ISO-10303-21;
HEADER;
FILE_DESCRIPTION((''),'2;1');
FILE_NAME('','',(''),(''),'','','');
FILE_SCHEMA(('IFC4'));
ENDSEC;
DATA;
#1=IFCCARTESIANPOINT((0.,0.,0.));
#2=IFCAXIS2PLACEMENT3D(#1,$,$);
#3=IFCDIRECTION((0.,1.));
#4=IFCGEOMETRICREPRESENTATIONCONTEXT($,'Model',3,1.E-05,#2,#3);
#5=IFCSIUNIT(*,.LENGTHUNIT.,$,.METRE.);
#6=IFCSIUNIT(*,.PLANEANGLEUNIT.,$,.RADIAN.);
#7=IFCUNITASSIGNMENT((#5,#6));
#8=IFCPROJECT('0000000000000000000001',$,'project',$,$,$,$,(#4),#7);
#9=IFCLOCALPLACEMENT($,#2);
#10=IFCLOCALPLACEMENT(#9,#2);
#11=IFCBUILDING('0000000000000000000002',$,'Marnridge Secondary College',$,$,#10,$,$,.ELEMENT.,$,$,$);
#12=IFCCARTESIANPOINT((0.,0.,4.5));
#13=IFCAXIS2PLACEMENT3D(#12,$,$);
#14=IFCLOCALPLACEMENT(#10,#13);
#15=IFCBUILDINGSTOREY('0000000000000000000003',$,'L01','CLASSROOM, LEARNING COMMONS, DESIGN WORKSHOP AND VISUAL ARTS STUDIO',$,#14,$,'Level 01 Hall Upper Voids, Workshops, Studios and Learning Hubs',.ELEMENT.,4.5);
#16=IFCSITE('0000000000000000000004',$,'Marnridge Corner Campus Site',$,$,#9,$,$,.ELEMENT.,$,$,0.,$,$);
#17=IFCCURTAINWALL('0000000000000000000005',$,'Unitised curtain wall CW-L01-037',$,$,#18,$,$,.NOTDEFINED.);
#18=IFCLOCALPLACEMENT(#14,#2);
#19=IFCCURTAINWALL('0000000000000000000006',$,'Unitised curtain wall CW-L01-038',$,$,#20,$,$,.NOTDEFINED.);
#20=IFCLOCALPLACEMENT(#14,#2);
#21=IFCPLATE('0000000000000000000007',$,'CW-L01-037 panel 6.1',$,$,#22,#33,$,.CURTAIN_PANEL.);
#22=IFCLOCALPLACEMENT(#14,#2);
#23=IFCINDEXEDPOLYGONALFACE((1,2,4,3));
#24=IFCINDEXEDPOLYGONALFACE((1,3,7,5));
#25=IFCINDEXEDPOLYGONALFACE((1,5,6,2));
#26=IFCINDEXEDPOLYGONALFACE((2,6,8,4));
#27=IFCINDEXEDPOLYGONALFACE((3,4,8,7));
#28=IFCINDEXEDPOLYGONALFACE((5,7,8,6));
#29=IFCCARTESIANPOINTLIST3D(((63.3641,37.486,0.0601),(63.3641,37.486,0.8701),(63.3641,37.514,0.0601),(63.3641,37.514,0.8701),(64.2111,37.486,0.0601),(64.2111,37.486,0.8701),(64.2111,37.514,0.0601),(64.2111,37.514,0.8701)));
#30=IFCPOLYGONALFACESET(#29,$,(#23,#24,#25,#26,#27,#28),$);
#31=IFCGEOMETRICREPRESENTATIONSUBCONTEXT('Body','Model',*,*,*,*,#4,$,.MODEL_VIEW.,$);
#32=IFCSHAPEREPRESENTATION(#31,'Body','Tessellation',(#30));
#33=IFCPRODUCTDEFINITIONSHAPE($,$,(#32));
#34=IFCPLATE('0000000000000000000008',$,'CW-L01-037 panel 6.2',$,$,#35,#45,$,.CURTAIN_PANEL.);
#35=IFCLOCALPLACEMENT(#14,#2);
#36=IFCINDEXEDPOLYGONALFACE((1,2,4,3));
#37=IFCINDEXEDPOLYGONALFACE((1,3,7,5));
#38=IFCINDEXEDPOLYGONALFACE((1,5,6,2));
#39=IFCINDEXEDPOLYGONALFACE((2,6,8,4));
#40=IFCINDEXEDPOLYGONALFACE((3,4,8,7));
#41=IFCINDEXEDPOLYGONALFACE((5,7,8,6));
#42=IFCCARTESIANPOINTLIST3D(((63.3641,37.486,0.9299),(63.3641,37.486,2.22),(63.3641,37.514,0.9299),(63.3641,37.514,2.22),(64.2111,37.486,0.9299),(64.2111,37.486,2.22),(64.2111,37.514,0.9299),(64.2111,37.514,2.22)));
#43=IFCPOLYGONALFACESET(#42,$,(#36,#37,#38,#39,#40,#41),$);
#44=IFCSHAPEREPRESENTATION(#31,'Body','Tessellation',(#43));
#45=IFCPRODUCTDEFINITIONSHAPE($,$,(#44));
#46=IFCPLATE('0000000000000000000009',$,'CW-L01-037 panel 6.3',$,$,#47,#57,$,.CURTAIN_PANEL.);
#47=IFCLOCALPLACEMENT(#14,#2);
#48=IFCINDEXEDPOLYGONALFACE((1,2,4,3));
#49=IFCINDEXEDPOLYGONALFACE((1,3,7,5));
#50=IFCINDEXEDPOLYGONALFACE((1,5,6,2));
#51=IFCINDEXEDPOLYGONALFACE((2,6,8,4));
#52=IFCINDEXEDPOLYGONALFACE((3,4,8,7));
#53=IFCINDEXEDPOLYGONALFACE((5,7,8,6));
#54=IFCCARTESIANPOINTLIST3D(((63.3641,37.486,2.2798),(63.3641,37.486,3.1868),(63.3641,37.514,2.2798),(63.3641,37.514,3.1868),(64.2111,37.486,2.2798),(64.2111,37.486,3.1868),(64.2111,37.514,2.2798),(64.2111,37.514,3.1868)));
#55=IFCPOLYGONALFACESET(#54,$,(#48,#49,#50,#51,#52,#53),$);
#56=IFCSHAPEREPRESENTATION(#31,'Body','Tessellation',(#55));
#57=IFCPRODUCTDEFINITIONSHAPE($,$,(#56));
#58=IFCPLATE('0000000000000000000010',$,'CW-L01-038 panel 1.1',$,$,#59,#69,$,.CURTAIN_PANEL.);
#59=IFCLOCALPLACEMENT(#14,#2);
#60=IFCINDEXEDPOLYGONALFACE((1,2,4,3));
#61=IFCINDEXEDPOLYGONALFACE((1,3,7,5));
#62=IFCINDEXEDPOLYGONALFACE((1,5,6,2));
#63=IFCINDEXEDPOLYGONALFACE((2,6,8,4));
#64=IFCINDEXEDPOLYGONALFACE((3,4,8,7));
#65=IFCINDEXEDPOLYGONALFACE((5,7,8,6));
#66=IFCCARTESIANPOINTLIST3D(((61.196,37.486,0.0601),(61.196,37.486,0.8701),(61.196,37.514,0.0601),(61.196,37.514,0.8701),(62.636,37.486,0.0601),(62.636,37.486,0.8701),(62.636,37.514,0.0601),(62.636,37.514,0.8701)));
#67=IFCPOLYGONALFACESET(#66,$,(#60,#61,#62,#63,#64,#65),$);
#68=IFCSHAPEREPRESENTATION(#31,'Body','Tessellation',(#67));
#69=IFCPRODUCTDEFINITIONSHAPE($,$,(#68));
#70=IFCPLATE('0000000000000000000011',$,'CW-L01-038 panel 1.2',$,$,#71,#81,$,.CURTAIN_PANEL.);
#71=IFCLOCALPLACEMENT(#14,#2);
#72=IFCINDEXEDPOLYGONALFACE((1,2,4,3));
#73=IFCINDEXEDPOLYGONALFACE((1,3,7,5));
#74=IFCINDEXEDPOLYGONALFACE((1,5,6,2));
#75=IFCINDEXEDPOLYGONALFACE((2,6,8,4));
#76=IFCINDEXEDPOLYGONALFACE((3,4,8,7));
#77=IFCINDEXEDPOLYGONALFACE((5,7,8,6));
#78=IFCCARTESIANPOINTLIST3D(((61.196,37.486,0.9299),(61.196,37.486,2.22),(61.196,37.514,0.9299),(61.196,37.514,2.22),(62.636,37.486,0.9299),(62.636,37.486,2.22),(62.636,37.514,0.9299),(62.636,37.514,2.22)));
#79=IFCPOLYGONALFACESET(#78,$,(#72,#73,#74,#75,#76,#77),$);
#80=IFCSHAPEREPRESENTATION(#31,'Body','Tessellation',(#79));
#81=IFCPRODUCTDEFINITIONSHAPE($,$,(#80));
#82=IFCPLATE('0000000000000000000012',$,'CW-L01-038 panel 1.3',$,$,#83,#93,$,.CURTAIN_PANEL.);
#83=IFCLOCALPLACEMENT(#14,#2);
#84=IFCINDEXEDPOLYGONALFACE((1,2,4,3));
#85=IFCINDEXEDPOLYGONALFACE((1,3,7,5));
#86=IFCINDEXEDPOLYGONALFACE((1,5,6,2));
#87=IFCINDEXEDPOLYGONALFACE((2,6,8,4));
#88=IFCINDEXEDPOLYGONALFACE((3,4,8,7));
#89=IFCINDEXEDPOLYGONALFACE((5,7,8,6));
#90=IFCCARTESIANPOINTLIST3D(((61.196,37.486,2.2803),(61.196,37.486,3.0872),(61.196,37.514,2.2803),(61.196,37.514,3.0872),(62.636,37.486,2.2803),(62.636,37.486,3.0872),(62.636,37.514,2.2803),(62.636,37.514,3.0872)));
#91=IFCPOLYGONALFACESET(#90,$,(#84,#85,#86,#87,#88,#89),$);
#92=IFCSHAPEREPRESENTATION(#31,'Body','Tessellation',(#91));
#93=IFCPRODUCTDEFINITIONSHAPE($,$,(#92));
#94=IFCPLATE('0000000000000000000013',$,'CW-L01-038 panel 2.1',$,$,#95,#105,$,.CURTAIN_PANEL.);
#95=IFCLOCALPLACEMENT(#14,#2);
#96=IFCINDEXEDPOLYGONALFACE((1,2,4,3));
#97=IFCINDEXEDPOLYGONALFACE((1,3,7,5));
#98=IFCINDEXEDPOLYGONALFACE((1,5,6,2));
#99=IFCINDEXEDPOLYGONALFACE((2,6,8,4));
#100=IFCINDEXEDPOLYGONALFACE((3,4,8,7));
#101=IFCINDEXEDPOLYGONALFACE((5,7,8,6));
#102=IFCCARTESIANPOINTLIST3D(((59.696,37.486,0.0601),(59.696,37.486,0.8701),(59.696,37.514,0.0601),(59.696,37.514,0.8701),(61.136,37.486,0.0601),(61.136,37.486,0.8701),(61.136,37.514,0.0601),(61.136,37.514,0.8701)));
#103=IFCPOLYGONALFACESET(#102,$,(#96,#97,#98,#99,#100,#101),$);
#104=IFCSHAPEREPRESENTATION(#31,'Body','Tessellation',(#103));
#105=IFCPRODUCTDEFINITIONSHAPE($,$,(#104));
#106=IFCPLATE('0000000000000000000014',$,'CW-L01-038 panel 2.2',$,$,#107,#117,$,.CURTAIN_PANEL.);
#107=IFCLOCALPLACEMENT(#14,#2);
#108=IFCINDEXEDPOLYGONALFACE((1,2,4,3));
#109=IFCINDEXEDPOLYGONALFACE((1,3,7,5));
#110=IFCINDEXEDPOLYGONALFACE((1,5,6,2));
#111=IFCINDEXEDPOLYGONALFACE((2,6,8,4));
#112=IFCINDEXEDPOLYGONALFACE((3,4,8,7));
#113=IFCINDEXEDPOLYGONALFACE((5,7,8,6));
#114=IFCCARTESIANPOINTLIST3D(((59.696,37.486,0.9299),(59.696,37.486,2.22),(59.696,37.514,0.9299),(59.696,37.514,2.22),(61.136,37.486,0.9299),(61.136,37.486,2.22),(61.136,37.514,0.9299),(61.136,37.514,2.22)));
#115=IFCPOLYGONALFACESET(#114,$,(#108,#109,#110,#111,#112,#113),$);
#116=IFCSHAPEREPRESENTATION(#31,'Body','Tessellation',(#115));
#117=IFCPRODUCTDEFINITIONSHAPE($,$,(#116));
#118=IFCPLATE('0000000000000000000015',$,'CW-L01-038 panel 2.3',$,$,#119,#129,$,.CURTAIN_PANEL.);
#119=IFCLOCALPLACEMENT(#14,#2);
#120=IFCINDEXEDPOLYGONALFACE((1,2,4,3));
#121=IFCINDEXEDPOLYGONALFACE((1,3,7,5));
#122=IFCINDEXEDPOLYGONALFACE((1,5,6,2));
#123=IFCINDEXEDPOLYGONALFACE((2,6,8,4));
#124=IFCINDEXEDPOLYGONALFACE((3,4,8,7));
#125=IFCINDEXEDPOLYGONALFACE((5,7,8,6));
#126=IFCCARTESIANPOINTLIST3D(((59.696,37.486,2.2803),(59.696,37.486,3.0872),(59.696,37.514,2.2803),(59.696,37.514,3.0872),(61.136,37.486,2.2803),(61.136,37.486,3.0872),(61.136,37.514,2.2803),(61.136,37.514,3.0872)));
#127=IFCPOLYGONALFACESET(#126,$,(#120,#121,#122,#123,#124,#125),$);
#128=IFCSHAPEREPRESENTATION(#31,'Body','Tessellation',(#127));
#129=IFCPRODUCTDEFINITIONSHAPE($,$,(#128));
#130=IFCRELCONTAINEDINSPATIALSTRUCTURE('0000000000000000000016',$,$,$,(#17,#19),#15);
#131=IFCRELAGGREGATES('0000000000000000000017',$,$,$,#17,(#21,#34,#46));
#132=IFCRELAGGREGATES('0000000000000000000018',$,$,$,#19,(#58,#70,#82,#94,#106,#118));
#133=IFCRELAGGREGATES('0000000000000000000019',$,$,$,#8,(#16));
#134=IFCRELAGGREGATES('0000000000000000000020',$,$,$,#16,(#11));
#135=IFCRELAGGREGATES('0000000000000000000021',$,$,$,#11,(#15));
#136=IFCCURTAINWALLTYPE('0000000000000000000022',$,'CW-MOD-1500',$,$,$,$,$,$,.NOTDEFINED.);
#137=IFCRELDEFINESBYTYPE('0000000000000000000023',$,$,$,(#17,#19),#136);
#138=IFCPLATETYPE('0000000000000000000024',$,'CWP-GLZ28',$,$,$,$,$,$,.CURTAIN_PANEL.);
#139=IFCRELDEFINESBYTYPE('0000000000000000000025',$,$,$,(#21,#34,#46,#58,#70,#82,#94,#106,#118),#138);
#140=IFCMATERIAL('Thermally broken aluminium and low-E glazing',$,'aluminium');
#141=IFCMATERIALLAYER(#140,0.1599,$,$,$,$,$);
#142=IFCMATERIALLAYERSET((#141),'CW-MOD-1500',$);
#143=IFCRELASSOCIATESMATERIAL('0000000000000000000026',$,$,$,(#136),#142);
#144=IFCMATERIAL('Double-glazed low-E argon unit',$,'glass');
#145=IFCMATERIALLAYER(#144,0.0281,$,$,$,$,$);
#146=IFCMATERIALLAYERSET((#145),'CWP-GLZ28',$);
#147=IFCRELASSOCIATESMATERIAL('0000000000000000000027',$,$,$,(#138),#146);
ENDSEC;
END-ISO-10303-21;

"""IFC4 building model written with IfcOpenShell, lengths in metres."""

from ifc_helpers import new_model, si_unit, direction, frame, origin, origin_2d, place, context, subcontext, project, spatial, rectangle, extrude, material, layer, layer_set, type_object, element, aggregate, save


model = new_model("IFC4")

# Units and contexts
model_context = context("Model", 3, precision=1e-05, world=origin(), true_north=direction((0.0, 1.0)))
body_context = subcontext(model_context, "Body", "Model", "MODEL_VIEW")
ifc_project = project(units=[si_unit("LENGTHUNIT", "METRE"), si_unit("PLANEANGLEUNIT", "RADIAN")], contexts=[model_context])

# Site, building, storey
site_placement = place(None, origin())
site = spatial("IfcSite", under=ifc_project, at=site_placement, Name="Marnridge Corner Campus Site", CompositionType="ELEMENT", RefElevation=0.0)
building_placement = place(site_placement, origin())
building = spatial("IfcBuilding", under=site, at=building_placement, Name="Marnridge Secondary College", CompositionType="ELEMENT")
storey_placement = place(building_placement, frame((0.0, 0.0, 4.5)))
storey = spatial("IfcBuildingStorey", under=building, at=storey_placement, Name="L01", Description="CLASSROOM, LEARNING COMMONS, DESIGN WORKSHOP AND VISUAL ARTS STUDIO", LongName="Level 01 Hall Upper Voids, Workshops, Studios and Learning Hubs", CompositionType="ELEMENT", Elevation=4.5)

# Curtain wall
ifc_material_1 = material(Name="Thermally broken aluminium and low-E glazing", Category="aluminium")
ifc_layer_1 = layer(ifc_material_1, 0.1599)
ifc_layer_set_1 = layer_set([ifc_layer_1], Name="CW-MOD-1500")
curtain_wall_type = type_object("IfcCurtainWallType", Name="CW-MOD-1500", PredefinedType="NOTDEFINED", material=ifc_layer_set_1)
curtain_wall_1_placement = place(storey_placement, origin())
curtain_wall_1 = element("IfcCurtainWall", 1, at=curtain_wall_1_placement, inside=storey, type_object=curtain_wall_type, Name="Unitised curtain wall CW-L01-037", PredefinedType="NOTDEFINED")

# Curtain wall
curtain_wall_2_placement = place(storey_placement, origin())
curtain_wall_2 = element("IfcCurtainWall", 2, at=curtain_wall_2_placement, inside=storey, type_object=curtain_wall_type, Name="Unitised curtain wall CW-L01-038", PredefinedType="NOTDEFINED")

# Plates
ifc_material_2 = material(Name="Double-glazed low-E argon unit", Category="glass")
ifc_layer_2 = layer(ifc_material_2, 0.0281)
ifc_layer_set_2 = layer_set([ifc_layer_2], Name="CWP-GLZ28")
plate_type = type_object("IfcPlateType", Name="CWP-GLZ28", PredefinedType="CURTAIN_PANEL", material=ifc_layer_set_2)
plate_1_placement = place(storey_placement, frame((63.7876, 37.5, 0.0601), z_axis=(0.0, 0.0, 1.0), x_axis=(-1.0, 0.0, 0.0)))
plate_1 = element("IfcPlate", 3, at=plate_1_placement, type_object=plate_type, Name="CW-L01-037 panel 6.1", PredefinedType="CURTAIN_PANEL", context=body_context, shape_type="SweptSolid", body=[
    extrude(rectangle(XDim=0.8469, YDim=0.0281, at=origin_2d()), origin(), (0.0, 0.0, 1.0), 0.8101),
])
plate_2_placement = place(storey_placement, frame((63.7876, 37.5, 0.9299), z_axis=(0.0, 0.0, 1.0), x_axis=(-1.0, 0.0, 0.0)))
plate_2 = element("IfcPlate", 4, at=plate_2_placement, type_object=plate_type, Name="CW-L01-037 panel 6.2", PredefinedType="CURTAIN_PANEL", context=body_context, shape_type="SweptSolid", body=[
    extrude(rectangle(XDim=0.8469, YDim=0.0281, at=origin_2d()), origin(), (0.0, 0.0, 1.0), 1.29),
])
plate_3_placement = place(storey_placement, frame((63.7876, 37.5, 2.2798), z_axis=(0.0, 0.0, 1.0), x_axis=(-1.0, 0.0, 0.0)))
plate_3 = element("IfcPlate", 5, at=plate_3_placement, type_object=plate_type, Name="CW-L01-037 panel 6.3", PredefinedType="CURTAIN_PANEL", context=body_context, shape_type="SweptSolid", body=[
    extrude(rectangle(XDim=0.8469, YDim=0.0281, at=origin_2d()), origin(), (0.0, 0.0, 1.0), 0.907),
])
aggregate(curtain_wall_1, [plate_1, plate_2, plate_3])
plate_4_placement = place(storey_placement, frame((61.916, 37.5, 0.0601), z_axis=(0.0, 0.0, 1.0), x_axis=(-1.0, 0.0, 0.0)))
plate_4 = element("IfcPlate", 6, at=plate_4_placement, type_object=plate_type, Name="CW-L01-038 panel 1.1", PredefinedType="CURTAIN_PANEL", context=body_context, shape_type="SweptSolid", body=[
    extrude(rectangle(XDim=1.4399, YDim=0.0281, at=origin_2d()), origin(), (0.0, 0.0, 1.0), 0.8101),
])
plate_5_placement = place(storey_placement, frame((61.916, 37.5, 0.9299), z_axis=(0.0, 0.0, 1.0), x_axis=(-1.0, 0.0, 0.0)))
plate_5 = element("IfcPlate", 7, at=plate_5_placement, type_object=plate_type, Name="CW-L01-038 panel 1.2", PredefinedType="CURTAIN_PANEL", context=body_context, shape_type="SweptSolid", body=[
    extrude(rectangle(XDim=1.4399, YDim=0.0281, at=origin_2d()), origin(), (0.0, 0.0, 1.0), 1.29),
])
plate_6_placement = place(storey_placement, frame((61.916, 37.5, 2.2803), z_axis=(0.0, 0.0, 1.0), x_axis=(-1.0, 0.0, 0.0)))
plate_6 = element("IfcPlate", 8, at=plate_6_placement, type_object=plate_type, Name="CW-L01-038 panel 1.3", PredefinedType="CURTAIN_PANEL", context=body_context, shape_type="SweptSolid", body=[
    extrude(rectangle(XDim=1.4399, YDim=0.0281, at=origin_2d()), origin(), (0.0, 0.0, 1.0), 0.8069),
])
plate_7_placement = place(storey_placement, frame((60.416, 37.5, 0.0601), z_axis=(0.0, 0.0, 1.0), x_axis=(-1.0, 0.0, 0.0)))
plate_7 = element("IfcPlate", 9, at=plate_7_placement, type_object=plate_type, Name="CW-L01-038 panel 2.1", PredefinedType="CURTAIN_PANEL", context=body_context, shape_type="SweptSolid", body=[
    extrude(rectangle(XDim=1.4399, YDim=0.0281, at=origin_2d()), origin(), (0.0, 0.0, 1.0), 0.8101),
])
plate_8_placement = place(storey_placement, frame((60.416, 37.5, 0.9299), z_axis=(0.0, 0.0, 1.0), x_axis=(-1.0, 0.0, 0.0)))
plate_8 = element("IfcPlate", 10, at=plate_8_placement, type_object=plate_type, Name="CW-L01-038 panel 2.2", PredefinedType="CURTAIN_PANEL", context=body_context, shape_type="SweptSolid", body=[
    extrude(rectangle(XDim=1.4399, YDim=0.0281, at=origin_2d()), origin(), (0.0, 0.0, 1.0), 1.29),
])
plate_9_placement = place(storey_placement, frame((60.416, 37.5, 2.2803), z_axis=(0.0, 0.0, 1.0), x_axis=(-1.0, 0.0, 0.0)))
plate_9 = element("IfcPlate", 11, at=plate_9_placement, type_object=plate_type, Name="CW-L01-038 panel 2.3", PredefinedType="CURTAIN_PANEL", context=body_context, shape_type="SweptSolid", body=[
    extrude(rectangle(XDim=1.4399, YDim=0.0281, at=origin_2d()), origin(), (0.0, 0.0, 1.0), 0.8069),
])
aggregate(curtain_wall_2, [plate_4, plate_5, plate_6, plate_7, plate_8, plate_9])

save(model, "model.ifc")
